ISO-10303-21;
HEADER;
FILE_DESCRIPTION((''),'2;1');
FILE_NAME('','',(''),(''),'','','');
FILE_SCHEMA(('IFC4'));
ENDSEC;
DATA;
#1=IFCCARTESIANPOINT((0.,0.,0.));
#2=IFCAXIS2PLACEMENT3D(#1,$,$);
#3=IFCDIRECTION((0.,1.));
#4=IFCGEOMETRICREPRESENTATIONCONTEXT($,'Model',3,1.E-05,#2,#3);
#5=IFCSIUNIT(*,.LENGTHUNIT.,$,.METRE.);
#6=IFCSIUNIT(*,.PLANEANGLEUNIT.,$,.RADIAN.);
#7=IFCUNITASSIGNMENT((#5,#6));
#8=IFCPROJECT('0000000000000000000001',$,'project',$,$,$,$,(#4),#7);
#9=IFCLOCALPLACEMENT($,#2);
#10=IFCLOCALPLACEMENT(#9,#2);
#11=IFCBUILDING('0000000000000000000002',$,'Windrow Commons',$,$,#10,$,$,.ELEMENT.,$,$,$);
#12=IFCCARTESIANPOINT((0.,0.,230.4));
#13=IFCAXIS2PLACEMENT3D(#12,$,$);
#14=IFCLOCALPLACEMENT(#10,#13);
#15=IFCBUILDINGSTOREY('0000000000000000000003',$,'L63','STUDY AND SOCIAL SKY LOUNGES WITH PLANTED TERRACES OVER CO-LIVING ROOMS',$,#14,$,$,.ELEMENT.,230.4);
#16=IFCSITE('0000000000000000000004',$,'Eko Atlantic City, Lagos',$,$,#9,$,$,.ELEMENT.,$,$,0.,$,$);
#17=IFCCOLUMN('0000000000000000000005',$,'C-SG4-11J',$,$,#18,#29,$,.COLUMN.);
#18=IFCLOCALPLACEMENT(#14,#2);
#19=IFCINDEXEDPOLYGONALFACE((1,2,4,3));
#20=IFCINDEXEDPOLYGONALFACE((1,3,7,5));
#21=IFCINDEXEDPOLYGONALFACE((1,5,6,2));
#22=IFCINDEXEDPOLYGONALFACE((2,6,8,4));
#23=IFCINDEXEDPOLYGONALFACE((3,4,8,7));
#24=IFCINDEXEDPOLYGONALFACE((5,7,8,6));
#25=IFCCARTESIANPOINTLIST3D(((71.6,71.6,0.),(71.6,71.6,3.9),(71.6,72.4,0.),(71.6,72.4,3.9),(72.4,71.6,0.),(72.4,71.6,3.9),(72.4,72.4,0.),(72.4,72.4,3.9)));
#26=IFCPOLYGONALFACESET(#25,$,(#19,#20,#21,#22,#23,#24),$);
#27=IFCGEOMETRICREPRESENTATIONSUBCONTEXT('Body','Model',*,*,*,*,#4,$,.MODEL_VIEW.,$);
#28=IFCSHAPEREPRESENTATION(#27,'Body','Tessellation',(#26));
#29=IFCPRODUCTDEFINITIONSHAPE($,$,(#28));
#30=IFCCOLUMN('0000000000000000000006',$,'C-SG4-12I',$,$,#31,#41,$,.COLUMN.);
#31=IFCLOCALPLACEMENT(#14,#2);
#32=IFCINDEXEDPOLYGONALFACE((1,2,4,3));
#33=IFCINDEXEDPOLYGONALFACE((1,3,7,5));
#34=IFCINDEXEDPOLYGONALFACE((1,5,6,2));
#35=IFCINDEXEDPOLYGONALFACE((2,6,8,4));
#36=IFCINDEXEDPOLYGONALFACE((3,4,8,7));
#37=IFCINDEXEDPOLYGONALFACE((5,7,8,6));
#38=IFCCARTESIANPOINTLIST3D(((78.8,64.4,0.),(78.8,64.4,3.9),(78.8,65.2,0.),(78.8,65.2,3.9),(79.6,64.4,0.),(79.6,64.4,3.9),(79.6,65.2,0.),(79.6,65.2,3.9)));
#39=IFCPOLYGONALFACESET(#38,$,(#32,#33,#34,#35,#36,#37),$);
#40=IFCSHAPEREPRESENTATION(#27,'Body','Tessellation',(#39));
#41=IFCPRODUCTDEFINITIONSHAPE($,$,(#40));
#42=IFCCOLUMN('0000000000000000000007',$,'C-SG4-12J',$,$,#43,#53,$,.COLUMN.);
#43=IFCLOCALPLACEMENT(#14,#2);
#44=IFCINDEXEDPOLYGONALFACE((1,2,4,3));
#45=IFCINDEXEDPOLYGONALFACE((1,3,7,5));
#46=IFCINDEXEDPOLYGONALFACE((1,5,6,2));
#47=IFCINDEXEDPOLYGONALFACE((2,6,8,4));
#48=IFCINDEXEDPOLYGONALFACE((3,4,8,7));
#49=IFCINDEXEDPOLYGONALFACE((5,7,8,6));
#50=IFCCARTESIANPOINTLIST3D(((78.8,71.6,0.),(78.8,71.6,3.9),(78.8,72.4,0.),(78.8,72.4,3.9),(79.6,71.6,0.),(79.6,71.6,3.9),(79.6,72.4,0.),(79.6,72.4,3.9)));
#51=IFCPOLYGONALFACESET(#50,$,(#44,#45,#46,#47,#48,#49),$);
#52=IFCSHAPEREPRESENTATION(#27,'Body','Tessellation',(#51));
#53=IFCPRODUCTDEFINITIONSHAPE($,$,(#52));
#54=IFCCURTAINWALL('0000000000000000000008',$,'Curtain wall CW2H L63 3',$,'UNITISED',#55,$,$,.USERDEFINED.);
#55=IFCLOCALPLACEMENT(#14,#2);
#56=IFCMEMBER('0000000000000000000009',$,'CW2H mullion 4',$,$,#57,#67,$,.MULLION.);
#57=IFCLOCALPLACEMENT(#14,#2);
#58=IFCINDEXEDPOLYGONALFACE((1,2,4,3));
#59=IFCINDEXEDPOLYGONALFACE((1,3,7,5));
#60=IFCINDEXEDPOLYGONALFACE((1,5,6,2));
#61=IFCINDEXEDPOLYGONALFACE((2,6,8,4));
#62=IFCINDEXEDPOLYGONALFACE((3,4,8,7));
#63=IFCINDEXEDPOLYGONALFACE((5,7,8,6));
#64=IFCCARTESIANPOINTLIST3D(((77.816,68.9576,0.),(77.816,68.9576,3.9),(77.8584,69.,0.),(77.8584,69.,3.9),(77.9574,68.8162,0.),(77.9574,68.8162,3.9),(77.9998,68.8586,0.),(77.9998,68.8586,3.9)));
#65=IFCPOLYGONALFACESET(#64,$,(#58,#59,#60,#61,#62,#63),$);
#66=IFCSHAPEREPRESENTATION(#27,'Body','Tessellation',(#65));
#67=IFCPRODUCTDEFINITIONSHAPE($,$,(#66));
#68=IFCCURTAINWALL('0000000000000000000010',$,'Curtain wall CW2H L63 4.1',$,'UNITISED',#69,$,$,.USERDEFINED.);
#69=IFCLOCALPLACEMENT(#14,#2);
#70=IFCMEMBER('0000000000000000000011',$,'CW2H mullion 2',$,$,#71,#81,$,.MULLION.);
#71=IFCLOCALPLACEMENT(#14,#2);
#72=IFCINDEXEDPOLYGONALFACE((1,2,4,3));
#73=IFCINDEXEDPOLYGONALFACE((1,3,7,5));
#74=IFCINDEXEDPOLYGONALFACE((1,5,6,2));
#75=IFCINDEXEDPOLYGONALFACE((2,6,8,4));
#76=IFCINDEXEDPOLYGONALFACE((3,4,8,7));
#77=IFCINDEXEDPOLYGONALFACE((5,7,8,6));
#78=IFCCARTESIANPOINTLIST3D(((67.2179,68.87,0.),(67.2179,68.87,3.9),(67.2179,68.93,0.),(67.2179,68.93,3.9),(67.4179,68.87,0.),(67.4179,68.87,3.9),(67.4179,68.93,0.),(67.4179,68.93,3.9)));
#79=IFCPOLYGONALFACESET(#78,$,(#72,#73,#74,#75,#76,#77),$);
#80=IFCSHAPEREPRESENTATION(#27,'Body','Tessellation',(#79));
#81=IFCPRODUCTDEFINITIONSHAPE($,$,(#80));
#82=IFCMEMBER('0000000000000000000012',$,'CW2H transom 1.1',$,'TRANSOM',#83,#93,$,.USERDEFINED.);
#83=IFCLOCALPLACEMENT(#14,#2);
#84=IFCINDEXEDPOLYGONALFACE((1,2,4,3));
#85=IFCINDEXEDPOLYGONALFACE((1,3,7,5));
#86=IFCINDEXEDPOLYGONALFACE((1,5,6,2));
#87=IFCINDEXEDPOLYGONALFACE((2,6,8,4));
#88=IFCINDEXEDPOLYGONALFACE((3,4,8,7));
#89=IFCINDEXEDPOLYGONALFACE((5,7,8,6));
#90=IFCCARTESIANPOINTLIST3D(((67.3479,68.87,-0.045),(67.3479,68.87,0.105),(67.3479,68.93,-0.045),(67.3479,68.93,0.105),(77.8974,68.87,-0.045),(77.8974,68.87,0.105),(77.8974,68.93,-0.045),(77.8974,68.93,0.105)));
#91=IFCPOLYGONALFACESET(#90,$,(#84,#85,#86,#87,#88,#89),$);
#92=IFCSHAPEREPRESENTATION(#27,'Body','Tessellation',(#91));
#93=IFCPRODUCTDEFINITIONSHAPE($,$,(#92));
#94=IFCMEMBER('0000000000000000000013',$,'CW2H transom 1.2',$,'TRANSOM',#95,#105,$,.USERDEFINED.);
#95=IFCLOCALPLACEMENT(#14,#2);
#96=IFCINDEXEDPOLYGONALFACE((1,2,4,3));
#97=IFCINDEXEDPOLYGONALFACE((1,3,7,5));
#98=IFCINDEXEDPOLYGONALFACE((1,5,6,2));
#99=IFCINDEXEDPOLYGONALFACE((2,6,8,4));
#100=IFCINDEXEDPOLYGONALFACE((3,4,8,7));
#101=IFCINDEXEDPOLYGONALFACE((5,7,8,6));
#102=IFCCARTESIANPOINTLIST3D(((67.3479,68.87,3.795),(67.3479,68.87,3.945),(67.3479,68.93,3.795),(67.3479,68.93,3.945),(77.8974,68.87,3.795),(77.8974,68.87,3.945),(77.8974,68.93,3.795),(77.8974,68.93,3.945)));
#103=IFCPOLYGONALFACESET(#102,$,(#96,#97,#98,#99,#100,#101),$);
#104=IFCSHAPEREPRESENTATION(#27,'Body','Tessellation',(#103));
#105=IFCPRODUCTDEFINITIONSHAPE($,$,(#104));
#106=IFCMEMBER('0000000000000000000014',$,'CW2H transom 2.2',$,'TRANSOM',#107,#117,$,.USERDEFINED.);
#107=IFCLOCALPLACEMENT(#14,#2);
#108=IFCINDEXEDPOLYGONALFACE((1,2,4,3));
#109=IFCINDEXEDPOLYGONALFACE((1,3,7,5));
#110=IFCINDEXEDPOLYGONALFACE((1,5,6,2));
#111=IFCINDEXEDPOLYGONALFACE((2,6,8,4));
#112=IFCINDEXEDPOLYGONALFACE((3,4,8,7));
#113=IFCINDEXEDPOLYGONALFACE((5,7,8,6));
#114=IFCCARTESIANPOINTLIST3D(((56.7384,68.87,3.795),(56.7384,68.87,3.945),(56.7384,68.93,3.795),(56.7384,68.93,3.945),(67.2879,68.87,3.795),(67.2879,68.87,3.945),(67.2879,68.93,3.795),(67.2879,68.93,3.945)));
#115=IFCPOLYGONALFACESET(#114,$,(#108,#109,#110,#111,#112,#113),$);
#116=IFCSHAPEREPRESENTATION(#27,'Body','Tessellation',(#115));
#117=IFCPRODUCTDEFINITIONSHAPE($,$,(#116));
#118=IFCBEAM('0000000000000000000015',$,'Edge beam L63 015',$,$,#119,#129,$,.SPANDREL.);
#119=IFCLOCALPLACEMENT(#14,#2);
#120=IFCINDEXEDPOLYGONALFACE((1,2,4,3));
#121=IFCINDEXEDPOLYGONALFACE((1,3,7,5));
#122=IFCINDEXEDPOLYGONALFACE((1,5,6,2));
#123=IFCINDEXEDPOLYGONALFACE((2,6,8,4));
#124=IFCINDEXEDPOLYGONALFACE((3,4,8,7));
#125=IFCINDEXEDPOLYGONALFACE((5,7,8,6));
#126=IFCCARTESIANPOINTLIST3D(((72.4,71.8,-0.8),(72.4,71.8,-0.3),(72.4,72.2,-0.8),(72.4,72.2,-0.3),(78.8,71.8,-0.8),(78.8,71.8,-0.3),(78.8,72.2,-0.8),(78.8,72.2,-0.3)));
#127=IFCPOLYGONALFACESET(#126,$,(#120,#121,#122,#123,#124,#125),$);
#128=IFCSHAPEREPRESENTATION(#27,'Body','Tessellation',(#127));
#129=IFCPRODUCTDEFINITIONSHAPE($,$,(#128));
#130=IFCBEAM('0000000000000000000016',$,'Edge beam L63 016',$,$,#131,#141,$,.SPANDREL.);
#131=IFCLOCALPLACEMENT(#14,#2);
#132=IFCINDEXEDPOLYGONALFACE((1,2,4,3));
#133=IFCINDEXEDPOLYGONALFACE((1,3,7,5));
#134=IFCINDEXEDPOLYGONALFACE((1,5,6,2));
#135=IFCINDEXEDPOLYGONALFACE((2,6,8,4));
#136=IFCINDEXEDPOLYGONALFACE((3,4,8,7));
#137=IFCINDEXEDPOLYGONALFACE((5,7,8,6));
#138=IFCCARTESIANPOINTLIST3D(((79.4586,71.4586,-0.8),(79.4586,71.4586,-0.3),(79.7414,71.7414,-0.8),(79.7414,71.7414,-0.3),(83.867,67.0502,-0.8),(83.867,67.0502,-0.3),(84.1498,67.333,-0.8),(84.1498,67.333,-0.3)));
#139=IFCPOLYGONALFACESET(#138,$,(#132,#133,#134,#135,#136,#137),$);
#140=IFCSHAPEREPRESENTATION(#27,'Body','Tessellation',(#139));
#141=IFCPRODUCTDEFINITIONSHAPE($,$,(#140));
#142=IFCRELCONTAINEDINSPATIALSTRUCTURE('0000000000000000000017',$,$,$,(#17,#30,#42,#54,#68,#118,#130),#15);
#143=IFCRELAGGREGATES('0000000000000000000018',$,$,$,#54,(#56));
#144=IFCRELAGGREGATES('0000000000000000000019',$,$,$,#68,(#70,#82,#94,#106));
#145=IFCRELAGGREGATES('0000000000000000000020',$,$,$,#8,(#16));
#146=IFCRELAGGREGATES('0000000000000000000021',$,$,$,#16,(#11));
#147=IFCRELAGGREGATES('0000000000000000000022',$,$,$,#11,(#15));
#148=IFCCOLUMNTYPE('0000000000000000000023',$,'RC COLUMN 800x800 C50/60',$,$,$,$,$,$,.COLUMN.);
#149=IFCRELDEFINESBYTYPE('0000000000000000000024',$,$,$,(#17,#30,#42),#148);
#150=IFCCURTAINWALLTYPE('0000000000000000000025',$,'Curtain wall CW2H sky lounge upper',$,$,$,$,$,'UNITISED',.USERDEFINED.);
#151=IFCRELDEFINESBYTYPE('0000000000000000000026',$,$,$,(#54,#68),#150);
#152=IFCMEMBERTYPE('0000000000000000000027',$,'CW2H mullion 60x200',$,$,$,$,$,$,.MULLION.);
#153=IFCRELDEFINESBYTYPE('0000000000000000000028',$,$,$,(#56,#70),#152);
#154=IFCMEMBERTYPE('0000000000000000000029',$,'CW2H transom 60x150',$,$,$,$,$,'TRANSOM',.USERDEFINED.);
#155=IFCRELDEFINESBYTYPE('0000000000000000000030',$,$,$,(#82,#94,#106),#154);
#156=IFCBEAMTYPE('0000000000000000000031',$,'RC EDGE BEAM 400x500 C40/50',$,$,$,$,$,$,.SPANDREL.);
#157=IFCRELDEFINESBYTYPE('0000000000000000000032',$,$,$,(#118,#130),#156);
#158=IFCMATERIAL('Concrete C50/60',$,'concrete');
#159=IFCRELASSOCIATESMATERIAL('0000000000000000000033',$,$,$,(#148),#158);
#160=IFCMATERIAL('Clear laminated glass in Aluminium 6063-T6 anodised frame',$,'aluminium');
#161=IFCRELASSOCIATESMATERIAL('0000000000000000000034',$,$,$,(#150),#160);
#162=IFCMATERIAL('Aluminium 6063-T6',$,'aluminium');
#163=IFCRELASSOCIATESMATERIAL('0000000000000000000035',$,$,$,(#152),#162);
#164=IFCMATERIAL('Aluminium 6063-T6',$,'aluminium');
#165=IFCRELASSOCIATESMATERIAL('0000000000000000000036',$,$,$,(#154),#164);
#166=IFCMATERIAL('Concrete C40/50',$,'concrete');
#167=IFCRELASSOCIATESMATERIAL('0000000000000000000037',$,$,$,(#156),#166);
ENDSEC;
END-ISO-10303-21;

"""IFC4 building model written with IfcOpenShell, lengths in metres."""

from ifc_helpers import new_model, si_unit, direction, frame, origin, origin_2d, place, context, subcontext, project, spatial, rectangle, extrude, material, material_profile, profile_set, type_object, element, aggregate, save


model = new_model("IFC4")

# Units and contexts
model_context = context("Model", 3, precision=1e-05, world=origin(), true_north=direction((0.0, 1.0)))
body_context = subcontext(model_context, "Body", "Model", "MODEL_VIEW")
ifc_project = project(units=[si_unit("LENGTHUNIT", "METRE"), si_unit("PLANEANGLEUNIT", "RADIAN")], contexts=[model_context])

# Site, building, storey
site_placement = place(None, origin())
site = spatial("IfcSite", under=ifc_project, at=site_placement, Name="Eko Atlantic City, Lagos", CompositionType="ELEMENT", RefElevation=0.0)
building_placement = place(site_placement, origin())
building = spatial("IfcBuilding", under=site, at=building_placement, Name="Windrow Commons", CompositionType="ELEMENT")
storey_placement = place(building_placement, frame((0.0, 0.0, 230.4)))
storey = spatial("IfcBuildingStorey", under=building, at=storey_placement, Name="L63", Description="STUDY AND SOCIAL SKY LOUNGES WITH PLANTED TERRACES OVER CO-LIVING ROOMS", CompositionType="ELEMENT", Elevation=230.4)

# Columns
ifc_material_1 = material(Name="Concrete C50/60", Category="concrete")
ifc_material_profile_1 = material_profile(ifc_material_1, rectangle(XDim=0.8, YDim=0.8, at=origin_2d()))
ifc_profile_set_1 = profile_set([ifc_material_profile_1], Name="Concrete C50/60")
column_type = type_object("IfcColumnType", Name="RC COLUMN 800x800 C50/60", PredefinedType="COLUMN", material=ifc_profile_set_1)
for number, where, z_axis, x_axis, name in (
    (1, (72.0, 72.0, 0.0), (0.0, 0.0, 1.0), (1.0, 0.0, 0.0), "C-SG4-11J"),
    (2, (79.2, 64.8, 0.0), (0.0, 0.0, 1.0), (1.0, 0.0, 0.0), "C-SG4-12I"),
    (3, (79.2, 72.0, 0.0), (0.0, 0.0, 1.0), (1.0, 0.0, 0.0), "C-SG4-12J"),
):
    element("IfcColumn", number, at=place(storey_placement, frame(where, z_axis=z_axis, x_axis=x_axis)), inside=storey, type_object=column_type, Name=name, PredefinedType="COLUMN", context=body_context, shape_type="SweptSolid", body=[
        extrude(rectangle(XDim=0.8, YDim=0.8, at=origin_2d()), origin(), (0.0, 0.0, 1.0), 3.9),
    ])

# Curtain wall, member
ifc_material_2 = material(Name="Clear laminated glass in Aluminium 6063-T6 anodised frame", Category="aluminium")
curtain_wall_type = type_object("IfcCurtainWallType", Name="Curtain wall CW2H sky lounge upper", ElementType="UNITISED", PredefinedType="USERDEFINED", material=ifc_material_2)
placement = place(storey_placement, origin())
curtain_wall_1 = element("IfcCurtainWall", 4, at=placement, inside=storey, type_object=curtain_wall_type, Name="Curtain wall CW2H L63 3", ObjectType="UNITISED", PredefinedType="USERDEFINED")
ifc_material_3 = material(Name="Aluminium 6063-T6", Category="aluminium")
ifc_material_profile_2 = material_profile(ifc_material_3, rectangle(XDim=0.06, YDim=0.2, at=origin_2d()))
ifc_profile_set_2 = profile_set([ifc_material_profile_2], Name="Aluminium 6063-T6")
member_type_1 = type_object("IfcMemberType", Name="CW2H mullion 60x200", PredefinedType="MULLION", material=ifc_profile_set_2)
member_1_placement = place(storey_placement, frame((77.9079, 68.9081, 0.0), z_axis=(0.0, 0.0, 1.0), x_axis=(-0.707107, -0.707107, 0.0)))
member_1 = element("IfcMember", 5, at=member_1_placement, type_object=member_type_1, Name="CW2H mullion 4", PredefinedType="MULLION", context=body_context, shape_type="SweptSolid", body=[
    extrude(rectangle(XDim=0.06, YDim=0.2, at=origin_2d()), origin(), (0.0, 0.0, 1.0), 3.9),
])
aggregate(curtain_wall_1, [member_1])

# Curtain wall, members
curtain_wall_2 = element("IfcCurtainWall", 6, at=placement, inside=storey, type_object=curtain_wall_type, Name="Curtain wall CW2H L63 4.1", ObjectType="UNITISED", PredefinedType="USERDEFINED")
member_2_placement = place(storey_placement, frame((67.3179, 68.9, 0.0), z_axis=(0.0, 0.0, 1.0), x_axis=(0.0, -1.0, 0.0)))
member_2 = element("IfcMember", 7, at=member_2_placement, type_object=member_type_1, Name="CW2H mullion 2", PredefinedType="MULLION", context=body_context, shape_type="SweptSolid", body=[
    extrude(rectangle(XDim=0.06, YDim=0.2, at=origin_2d()), origin(), (0.0, 0.0, 1.0), 3.9),
])
ifc_material_4 = material(Name="Aluminium 6063-T6", Category="aluminium")
ifc_material_profile_3 = material_profile(ifc_material_4, rectangle(XDim=0.06, YDim=0.15, at=origin_2d()))
ifc_profile_set_3 = profile_set([ifc_material_profile_3], Name="Aluminium 6063-T6")
member_type_2 = type_object("IfcMemberType", Name="CW2H transom 60x150", ElementType="TRANSOM", PredefinedType="USERDEFINED", material=ifc_profile_set_3)
member_3_placement = place(storey_placement, frame((77.8974, 68.9, 0.03), z_axis=(-1.0, 0.0, 0.0), x_axis=(0.0, -1.0, 0.0)))
member_3 = element("IfcMember", 8, at=member_3_placement, type_object=member_type_2, Name="CW2H transom 1.1", ObjectType="TRANSOM", PredefinedType="USERDEFINED", context=body_context, shape_type="SweptSolid", body=[
    extrude(rectangle(XDim=0.06, YDim=0.15, at=origin_2d()), origin(), (0.0, 0.0, 1.0), 10.5495),
])
member_4_placement = place(storey_placement, frame((77.8974, 68.9, 3.87), z_axis=(-1.0, 0.0, 0.0), x_axis=(0.0, -1.0, 0.0)))
member_4 = element("IfcMember", 9, at=member_4_placement, type_object=member_type_2, Name="CW2H transom 1.2", ObjectType="TRANSOM", PredefinedType="USERDEFINED", context=body_context, shape_type="SweptSolid", body=[
    extrude(rectangle(XDim=0.06, YDim=0.15, at=origin_2d()), origin(), (0.0, 0.0, 1.0), 10.5495),
])
member_5_placement = place(storey_placement, frame((67.2879, 68.9, 3.87), z_axis=(-1.0, 0.0, 0.0), x_axis=(0.0, -1.0, 0.0)))
member_5 = element("IfcMember", 10, at=member_5_placement, type_object=member_type_2, Name="CW2H transom 2.2", ObjectType="TRANSOM", PredefinedType="USERDEFINED", context=body_context, shape_type="SweptSolid", body=[
    extrude(rectangle(XDim=0.06, YDim=0.15, at=origin_2d()), origin(), (0.0, 0.0, 1.0), 10.5495),
])

# Beams
ifc_material_5 = material(Name="Concrete C40/50", Category="concrete")
ifc_material_profile_4 = material_profile(ifc_material_5, rectangle(XDim=0.4, YDim=0.5, at=origin_2d()))
ifc_profile_set_4 = profile_set([ifc_material_profile_4], Name="Concrete C40/50")
beam_type = type_object("IfcBeamType", Name="RC EDGE BEAM 400x500 C40/50", PredefinedType="SPANDREL", material=ifc_profile_set_4)
beam_1_placement = place(storey_placement, frame((72.4, 72.0, -0.55), z_axis=(1.0, 0.0, 0.0), x_axis=(0.0, 1.0, 0.0)))
element("IfcBeam", 11, at=beam_1_placement, inside=storey, type_object=beam_type, Name="Edge beam L63 015", PredefinedType="SPANDREL", context=body_context, shape_type="SweptSolid", body=[
    extrude(rectangle(XDim=0.4, YDim=0.5, at=origin_2d()), origin(), (0.0, 0.0, 1.0), 6.4),
])
beam_2_placement = place(storey_placement, frame((79.6, 71.6, -0.55), z_axis=(0.707107, -0.707107, 0.0), x_axis=(0.707107, 0.707107, 0.0)))
element("IfcBeam", 12, at=beam_2_placement, inside=storey, type_object=beam_type, Name="Edge beam L63 016", PredefinedType="SPANDREL", context=body_context, shape_type="SweptSolid", body=[
    extrude(rectangle(XDim=0.4, YDim=0.5, at=origin_2d()), origin(), (0.0, 0.0, 1.0), 6.2344),
])

aggregate(curtain_wall_2, [member_2, member_3, member_4, member_5])

save(model, "model.ifc")
